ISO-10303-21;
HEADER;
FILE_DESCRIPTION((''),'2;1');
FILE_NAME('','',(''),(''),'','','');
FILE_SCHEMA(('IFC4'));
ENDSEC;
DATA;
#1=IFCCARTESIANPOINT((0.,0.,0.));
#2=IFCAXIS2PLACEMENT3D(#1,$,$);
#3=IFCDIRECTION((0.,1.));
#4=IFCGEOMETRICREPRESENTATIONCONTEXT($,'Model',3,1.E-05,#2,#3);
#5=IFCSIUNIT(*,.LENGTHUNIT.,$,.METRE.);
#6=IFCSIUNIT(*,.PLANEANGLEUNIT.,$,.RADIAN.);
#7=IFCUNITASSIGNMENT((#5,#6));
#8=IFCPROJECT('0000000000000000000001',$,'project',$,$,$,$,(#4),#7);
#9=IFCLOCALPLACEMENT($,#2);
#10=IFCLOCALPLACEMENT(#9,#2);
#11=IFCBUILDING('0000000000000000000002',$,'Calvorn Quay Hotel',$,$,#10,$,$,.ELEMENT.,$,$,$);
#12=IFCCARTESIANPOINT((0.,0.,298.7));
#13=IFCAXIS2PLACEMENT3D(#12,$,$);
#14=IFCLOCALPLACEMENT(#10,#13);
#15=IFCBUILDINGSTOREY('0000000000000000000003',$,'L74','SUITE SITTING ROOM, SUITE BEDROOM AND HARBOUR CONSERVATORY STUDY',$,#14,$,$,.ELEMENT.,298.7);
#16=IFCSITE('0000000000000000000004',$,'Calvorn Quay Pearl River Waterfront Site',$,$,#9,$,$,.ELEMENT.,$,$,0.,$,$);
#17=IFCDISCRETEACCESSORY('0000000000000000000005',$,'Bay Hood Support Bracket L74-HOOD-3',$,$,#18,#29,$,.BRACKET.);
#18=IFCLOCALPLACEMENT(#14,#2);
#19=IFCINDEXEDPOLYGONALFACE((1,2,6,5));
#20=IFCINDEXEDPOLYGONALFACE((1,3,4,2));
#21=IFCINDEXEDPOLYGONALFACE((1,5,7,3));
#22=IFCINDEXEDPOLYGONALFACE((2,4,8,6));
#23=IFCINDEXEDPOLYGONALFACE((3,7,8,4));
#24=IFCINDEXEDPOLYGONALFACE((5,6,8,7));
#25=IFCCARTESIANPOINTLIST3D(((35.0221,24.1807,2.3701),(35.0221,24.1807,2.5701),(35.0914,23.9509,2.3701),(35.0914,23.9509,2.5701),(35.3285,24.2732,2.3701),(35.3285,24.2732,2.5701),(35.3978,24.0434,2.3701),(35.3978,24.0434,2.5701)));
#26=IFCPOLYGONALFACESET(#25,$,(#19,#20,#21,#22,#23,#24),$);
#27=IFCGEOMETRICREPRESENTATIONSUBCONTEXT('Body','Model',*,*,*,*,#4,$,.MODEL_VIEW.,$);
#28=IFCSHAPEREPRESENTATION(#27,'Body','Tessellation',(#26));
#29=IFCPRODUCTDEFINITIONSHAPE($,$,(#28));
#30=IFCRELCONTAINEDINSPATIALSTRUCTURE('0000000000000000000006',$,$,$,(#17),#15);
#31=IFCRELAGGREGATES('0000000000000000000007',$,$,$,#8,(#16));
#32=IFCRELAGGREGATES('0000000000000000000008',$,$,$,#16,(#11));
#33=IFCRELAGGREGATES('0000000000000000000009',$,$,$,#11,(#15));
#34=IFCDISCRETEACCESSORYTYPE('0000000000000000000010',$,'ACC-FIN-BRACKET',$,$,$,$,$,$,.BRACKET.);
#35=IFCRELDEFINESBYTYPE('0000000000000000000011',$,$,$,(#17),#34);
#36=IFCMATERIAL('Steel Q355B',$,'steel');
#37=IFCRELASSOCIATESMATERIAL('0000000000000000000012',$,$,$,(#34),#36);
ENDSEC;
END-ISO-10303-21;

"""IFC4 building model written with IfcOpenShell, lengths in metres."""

from ifc_helpers import new_model, si_unit, direction, frame, origin, origin_2d, place, context, subcontext, project, spatial, rectangle, extrude, material, type_object, element, save


model = new_model("IFC4")

# Units and contexts
model_context = context("Model", 3, precision=1e-05, world=origin(), true_north=direction((0.0, 1.0)))
body_context = subcontext(model_context, "Body", "Model", "MODEL_VIEW")
ifc_project = project(units=[si_unit("LENGTHUNIT", "METRE"), si_unit("PLANEANGLEUNIT", "RADIAN")], contexts=[model_context])

# Site, building, storey
site_placement = place(None, origin())
site = spatial("IfcSite", under=ifc_project, at=site_placement, Name="Calvorn Quay Pearl River Waterfront Site", CompositionType="ELEMENT", RefElevation=0.0)
building_placement = place(site_placement, origin())
building = spatial("IfcBuilding", under=site, at=building_placement, Name="Calvorn Quay Hotel", CompositionType="ELEMENT")
storey_placement = place(building_placement, frame((0.0, 0.0, 298.7)))
storey = spatial("IfcBuildingStorey", under=building, at=storey_placement, Name="L74", Description="SUITE SITTING ROOM, SUITE BEDROOM AND HARBOUR CONSERVATORY STUDY", CompositionType="ELEMENT", Elevation=298.7)

# Discrete accessory
ifc_material_1 = material(Name="Steel Q355B", Category="steel")
discrete_accessory_type_1 = type_object("IfcDiscreteAccessoryType", Name="ACC-FIN-BRACKET", PredefinedType="BRACKET", material=ifc_material_1)
discrete_accessory_placement = place(storey_placement, frame((35.21, 24.1121, 2.3701), z_axis=(0.0, 0.0, 1.0), x_axis=(0.957319, 0.289032, 0.0)))
element("IfcDiscreteAccessory", 1, at=discrete_accessory_placement, inside=storey, type_object=discrete_accessory_type_1, Name="Bay Hood Support Bracket L74-HOOD-3", PredefinedType="BRACKET", context=body_context, shape_type="SweptSolid", body=[
    extrude(rectangle(XDim=0.3201, YDim=0.24, at=origin_2d()), origin(), (0.0, 0.0, 1.0), 0.2),
])

save(model, "model.ifc")
